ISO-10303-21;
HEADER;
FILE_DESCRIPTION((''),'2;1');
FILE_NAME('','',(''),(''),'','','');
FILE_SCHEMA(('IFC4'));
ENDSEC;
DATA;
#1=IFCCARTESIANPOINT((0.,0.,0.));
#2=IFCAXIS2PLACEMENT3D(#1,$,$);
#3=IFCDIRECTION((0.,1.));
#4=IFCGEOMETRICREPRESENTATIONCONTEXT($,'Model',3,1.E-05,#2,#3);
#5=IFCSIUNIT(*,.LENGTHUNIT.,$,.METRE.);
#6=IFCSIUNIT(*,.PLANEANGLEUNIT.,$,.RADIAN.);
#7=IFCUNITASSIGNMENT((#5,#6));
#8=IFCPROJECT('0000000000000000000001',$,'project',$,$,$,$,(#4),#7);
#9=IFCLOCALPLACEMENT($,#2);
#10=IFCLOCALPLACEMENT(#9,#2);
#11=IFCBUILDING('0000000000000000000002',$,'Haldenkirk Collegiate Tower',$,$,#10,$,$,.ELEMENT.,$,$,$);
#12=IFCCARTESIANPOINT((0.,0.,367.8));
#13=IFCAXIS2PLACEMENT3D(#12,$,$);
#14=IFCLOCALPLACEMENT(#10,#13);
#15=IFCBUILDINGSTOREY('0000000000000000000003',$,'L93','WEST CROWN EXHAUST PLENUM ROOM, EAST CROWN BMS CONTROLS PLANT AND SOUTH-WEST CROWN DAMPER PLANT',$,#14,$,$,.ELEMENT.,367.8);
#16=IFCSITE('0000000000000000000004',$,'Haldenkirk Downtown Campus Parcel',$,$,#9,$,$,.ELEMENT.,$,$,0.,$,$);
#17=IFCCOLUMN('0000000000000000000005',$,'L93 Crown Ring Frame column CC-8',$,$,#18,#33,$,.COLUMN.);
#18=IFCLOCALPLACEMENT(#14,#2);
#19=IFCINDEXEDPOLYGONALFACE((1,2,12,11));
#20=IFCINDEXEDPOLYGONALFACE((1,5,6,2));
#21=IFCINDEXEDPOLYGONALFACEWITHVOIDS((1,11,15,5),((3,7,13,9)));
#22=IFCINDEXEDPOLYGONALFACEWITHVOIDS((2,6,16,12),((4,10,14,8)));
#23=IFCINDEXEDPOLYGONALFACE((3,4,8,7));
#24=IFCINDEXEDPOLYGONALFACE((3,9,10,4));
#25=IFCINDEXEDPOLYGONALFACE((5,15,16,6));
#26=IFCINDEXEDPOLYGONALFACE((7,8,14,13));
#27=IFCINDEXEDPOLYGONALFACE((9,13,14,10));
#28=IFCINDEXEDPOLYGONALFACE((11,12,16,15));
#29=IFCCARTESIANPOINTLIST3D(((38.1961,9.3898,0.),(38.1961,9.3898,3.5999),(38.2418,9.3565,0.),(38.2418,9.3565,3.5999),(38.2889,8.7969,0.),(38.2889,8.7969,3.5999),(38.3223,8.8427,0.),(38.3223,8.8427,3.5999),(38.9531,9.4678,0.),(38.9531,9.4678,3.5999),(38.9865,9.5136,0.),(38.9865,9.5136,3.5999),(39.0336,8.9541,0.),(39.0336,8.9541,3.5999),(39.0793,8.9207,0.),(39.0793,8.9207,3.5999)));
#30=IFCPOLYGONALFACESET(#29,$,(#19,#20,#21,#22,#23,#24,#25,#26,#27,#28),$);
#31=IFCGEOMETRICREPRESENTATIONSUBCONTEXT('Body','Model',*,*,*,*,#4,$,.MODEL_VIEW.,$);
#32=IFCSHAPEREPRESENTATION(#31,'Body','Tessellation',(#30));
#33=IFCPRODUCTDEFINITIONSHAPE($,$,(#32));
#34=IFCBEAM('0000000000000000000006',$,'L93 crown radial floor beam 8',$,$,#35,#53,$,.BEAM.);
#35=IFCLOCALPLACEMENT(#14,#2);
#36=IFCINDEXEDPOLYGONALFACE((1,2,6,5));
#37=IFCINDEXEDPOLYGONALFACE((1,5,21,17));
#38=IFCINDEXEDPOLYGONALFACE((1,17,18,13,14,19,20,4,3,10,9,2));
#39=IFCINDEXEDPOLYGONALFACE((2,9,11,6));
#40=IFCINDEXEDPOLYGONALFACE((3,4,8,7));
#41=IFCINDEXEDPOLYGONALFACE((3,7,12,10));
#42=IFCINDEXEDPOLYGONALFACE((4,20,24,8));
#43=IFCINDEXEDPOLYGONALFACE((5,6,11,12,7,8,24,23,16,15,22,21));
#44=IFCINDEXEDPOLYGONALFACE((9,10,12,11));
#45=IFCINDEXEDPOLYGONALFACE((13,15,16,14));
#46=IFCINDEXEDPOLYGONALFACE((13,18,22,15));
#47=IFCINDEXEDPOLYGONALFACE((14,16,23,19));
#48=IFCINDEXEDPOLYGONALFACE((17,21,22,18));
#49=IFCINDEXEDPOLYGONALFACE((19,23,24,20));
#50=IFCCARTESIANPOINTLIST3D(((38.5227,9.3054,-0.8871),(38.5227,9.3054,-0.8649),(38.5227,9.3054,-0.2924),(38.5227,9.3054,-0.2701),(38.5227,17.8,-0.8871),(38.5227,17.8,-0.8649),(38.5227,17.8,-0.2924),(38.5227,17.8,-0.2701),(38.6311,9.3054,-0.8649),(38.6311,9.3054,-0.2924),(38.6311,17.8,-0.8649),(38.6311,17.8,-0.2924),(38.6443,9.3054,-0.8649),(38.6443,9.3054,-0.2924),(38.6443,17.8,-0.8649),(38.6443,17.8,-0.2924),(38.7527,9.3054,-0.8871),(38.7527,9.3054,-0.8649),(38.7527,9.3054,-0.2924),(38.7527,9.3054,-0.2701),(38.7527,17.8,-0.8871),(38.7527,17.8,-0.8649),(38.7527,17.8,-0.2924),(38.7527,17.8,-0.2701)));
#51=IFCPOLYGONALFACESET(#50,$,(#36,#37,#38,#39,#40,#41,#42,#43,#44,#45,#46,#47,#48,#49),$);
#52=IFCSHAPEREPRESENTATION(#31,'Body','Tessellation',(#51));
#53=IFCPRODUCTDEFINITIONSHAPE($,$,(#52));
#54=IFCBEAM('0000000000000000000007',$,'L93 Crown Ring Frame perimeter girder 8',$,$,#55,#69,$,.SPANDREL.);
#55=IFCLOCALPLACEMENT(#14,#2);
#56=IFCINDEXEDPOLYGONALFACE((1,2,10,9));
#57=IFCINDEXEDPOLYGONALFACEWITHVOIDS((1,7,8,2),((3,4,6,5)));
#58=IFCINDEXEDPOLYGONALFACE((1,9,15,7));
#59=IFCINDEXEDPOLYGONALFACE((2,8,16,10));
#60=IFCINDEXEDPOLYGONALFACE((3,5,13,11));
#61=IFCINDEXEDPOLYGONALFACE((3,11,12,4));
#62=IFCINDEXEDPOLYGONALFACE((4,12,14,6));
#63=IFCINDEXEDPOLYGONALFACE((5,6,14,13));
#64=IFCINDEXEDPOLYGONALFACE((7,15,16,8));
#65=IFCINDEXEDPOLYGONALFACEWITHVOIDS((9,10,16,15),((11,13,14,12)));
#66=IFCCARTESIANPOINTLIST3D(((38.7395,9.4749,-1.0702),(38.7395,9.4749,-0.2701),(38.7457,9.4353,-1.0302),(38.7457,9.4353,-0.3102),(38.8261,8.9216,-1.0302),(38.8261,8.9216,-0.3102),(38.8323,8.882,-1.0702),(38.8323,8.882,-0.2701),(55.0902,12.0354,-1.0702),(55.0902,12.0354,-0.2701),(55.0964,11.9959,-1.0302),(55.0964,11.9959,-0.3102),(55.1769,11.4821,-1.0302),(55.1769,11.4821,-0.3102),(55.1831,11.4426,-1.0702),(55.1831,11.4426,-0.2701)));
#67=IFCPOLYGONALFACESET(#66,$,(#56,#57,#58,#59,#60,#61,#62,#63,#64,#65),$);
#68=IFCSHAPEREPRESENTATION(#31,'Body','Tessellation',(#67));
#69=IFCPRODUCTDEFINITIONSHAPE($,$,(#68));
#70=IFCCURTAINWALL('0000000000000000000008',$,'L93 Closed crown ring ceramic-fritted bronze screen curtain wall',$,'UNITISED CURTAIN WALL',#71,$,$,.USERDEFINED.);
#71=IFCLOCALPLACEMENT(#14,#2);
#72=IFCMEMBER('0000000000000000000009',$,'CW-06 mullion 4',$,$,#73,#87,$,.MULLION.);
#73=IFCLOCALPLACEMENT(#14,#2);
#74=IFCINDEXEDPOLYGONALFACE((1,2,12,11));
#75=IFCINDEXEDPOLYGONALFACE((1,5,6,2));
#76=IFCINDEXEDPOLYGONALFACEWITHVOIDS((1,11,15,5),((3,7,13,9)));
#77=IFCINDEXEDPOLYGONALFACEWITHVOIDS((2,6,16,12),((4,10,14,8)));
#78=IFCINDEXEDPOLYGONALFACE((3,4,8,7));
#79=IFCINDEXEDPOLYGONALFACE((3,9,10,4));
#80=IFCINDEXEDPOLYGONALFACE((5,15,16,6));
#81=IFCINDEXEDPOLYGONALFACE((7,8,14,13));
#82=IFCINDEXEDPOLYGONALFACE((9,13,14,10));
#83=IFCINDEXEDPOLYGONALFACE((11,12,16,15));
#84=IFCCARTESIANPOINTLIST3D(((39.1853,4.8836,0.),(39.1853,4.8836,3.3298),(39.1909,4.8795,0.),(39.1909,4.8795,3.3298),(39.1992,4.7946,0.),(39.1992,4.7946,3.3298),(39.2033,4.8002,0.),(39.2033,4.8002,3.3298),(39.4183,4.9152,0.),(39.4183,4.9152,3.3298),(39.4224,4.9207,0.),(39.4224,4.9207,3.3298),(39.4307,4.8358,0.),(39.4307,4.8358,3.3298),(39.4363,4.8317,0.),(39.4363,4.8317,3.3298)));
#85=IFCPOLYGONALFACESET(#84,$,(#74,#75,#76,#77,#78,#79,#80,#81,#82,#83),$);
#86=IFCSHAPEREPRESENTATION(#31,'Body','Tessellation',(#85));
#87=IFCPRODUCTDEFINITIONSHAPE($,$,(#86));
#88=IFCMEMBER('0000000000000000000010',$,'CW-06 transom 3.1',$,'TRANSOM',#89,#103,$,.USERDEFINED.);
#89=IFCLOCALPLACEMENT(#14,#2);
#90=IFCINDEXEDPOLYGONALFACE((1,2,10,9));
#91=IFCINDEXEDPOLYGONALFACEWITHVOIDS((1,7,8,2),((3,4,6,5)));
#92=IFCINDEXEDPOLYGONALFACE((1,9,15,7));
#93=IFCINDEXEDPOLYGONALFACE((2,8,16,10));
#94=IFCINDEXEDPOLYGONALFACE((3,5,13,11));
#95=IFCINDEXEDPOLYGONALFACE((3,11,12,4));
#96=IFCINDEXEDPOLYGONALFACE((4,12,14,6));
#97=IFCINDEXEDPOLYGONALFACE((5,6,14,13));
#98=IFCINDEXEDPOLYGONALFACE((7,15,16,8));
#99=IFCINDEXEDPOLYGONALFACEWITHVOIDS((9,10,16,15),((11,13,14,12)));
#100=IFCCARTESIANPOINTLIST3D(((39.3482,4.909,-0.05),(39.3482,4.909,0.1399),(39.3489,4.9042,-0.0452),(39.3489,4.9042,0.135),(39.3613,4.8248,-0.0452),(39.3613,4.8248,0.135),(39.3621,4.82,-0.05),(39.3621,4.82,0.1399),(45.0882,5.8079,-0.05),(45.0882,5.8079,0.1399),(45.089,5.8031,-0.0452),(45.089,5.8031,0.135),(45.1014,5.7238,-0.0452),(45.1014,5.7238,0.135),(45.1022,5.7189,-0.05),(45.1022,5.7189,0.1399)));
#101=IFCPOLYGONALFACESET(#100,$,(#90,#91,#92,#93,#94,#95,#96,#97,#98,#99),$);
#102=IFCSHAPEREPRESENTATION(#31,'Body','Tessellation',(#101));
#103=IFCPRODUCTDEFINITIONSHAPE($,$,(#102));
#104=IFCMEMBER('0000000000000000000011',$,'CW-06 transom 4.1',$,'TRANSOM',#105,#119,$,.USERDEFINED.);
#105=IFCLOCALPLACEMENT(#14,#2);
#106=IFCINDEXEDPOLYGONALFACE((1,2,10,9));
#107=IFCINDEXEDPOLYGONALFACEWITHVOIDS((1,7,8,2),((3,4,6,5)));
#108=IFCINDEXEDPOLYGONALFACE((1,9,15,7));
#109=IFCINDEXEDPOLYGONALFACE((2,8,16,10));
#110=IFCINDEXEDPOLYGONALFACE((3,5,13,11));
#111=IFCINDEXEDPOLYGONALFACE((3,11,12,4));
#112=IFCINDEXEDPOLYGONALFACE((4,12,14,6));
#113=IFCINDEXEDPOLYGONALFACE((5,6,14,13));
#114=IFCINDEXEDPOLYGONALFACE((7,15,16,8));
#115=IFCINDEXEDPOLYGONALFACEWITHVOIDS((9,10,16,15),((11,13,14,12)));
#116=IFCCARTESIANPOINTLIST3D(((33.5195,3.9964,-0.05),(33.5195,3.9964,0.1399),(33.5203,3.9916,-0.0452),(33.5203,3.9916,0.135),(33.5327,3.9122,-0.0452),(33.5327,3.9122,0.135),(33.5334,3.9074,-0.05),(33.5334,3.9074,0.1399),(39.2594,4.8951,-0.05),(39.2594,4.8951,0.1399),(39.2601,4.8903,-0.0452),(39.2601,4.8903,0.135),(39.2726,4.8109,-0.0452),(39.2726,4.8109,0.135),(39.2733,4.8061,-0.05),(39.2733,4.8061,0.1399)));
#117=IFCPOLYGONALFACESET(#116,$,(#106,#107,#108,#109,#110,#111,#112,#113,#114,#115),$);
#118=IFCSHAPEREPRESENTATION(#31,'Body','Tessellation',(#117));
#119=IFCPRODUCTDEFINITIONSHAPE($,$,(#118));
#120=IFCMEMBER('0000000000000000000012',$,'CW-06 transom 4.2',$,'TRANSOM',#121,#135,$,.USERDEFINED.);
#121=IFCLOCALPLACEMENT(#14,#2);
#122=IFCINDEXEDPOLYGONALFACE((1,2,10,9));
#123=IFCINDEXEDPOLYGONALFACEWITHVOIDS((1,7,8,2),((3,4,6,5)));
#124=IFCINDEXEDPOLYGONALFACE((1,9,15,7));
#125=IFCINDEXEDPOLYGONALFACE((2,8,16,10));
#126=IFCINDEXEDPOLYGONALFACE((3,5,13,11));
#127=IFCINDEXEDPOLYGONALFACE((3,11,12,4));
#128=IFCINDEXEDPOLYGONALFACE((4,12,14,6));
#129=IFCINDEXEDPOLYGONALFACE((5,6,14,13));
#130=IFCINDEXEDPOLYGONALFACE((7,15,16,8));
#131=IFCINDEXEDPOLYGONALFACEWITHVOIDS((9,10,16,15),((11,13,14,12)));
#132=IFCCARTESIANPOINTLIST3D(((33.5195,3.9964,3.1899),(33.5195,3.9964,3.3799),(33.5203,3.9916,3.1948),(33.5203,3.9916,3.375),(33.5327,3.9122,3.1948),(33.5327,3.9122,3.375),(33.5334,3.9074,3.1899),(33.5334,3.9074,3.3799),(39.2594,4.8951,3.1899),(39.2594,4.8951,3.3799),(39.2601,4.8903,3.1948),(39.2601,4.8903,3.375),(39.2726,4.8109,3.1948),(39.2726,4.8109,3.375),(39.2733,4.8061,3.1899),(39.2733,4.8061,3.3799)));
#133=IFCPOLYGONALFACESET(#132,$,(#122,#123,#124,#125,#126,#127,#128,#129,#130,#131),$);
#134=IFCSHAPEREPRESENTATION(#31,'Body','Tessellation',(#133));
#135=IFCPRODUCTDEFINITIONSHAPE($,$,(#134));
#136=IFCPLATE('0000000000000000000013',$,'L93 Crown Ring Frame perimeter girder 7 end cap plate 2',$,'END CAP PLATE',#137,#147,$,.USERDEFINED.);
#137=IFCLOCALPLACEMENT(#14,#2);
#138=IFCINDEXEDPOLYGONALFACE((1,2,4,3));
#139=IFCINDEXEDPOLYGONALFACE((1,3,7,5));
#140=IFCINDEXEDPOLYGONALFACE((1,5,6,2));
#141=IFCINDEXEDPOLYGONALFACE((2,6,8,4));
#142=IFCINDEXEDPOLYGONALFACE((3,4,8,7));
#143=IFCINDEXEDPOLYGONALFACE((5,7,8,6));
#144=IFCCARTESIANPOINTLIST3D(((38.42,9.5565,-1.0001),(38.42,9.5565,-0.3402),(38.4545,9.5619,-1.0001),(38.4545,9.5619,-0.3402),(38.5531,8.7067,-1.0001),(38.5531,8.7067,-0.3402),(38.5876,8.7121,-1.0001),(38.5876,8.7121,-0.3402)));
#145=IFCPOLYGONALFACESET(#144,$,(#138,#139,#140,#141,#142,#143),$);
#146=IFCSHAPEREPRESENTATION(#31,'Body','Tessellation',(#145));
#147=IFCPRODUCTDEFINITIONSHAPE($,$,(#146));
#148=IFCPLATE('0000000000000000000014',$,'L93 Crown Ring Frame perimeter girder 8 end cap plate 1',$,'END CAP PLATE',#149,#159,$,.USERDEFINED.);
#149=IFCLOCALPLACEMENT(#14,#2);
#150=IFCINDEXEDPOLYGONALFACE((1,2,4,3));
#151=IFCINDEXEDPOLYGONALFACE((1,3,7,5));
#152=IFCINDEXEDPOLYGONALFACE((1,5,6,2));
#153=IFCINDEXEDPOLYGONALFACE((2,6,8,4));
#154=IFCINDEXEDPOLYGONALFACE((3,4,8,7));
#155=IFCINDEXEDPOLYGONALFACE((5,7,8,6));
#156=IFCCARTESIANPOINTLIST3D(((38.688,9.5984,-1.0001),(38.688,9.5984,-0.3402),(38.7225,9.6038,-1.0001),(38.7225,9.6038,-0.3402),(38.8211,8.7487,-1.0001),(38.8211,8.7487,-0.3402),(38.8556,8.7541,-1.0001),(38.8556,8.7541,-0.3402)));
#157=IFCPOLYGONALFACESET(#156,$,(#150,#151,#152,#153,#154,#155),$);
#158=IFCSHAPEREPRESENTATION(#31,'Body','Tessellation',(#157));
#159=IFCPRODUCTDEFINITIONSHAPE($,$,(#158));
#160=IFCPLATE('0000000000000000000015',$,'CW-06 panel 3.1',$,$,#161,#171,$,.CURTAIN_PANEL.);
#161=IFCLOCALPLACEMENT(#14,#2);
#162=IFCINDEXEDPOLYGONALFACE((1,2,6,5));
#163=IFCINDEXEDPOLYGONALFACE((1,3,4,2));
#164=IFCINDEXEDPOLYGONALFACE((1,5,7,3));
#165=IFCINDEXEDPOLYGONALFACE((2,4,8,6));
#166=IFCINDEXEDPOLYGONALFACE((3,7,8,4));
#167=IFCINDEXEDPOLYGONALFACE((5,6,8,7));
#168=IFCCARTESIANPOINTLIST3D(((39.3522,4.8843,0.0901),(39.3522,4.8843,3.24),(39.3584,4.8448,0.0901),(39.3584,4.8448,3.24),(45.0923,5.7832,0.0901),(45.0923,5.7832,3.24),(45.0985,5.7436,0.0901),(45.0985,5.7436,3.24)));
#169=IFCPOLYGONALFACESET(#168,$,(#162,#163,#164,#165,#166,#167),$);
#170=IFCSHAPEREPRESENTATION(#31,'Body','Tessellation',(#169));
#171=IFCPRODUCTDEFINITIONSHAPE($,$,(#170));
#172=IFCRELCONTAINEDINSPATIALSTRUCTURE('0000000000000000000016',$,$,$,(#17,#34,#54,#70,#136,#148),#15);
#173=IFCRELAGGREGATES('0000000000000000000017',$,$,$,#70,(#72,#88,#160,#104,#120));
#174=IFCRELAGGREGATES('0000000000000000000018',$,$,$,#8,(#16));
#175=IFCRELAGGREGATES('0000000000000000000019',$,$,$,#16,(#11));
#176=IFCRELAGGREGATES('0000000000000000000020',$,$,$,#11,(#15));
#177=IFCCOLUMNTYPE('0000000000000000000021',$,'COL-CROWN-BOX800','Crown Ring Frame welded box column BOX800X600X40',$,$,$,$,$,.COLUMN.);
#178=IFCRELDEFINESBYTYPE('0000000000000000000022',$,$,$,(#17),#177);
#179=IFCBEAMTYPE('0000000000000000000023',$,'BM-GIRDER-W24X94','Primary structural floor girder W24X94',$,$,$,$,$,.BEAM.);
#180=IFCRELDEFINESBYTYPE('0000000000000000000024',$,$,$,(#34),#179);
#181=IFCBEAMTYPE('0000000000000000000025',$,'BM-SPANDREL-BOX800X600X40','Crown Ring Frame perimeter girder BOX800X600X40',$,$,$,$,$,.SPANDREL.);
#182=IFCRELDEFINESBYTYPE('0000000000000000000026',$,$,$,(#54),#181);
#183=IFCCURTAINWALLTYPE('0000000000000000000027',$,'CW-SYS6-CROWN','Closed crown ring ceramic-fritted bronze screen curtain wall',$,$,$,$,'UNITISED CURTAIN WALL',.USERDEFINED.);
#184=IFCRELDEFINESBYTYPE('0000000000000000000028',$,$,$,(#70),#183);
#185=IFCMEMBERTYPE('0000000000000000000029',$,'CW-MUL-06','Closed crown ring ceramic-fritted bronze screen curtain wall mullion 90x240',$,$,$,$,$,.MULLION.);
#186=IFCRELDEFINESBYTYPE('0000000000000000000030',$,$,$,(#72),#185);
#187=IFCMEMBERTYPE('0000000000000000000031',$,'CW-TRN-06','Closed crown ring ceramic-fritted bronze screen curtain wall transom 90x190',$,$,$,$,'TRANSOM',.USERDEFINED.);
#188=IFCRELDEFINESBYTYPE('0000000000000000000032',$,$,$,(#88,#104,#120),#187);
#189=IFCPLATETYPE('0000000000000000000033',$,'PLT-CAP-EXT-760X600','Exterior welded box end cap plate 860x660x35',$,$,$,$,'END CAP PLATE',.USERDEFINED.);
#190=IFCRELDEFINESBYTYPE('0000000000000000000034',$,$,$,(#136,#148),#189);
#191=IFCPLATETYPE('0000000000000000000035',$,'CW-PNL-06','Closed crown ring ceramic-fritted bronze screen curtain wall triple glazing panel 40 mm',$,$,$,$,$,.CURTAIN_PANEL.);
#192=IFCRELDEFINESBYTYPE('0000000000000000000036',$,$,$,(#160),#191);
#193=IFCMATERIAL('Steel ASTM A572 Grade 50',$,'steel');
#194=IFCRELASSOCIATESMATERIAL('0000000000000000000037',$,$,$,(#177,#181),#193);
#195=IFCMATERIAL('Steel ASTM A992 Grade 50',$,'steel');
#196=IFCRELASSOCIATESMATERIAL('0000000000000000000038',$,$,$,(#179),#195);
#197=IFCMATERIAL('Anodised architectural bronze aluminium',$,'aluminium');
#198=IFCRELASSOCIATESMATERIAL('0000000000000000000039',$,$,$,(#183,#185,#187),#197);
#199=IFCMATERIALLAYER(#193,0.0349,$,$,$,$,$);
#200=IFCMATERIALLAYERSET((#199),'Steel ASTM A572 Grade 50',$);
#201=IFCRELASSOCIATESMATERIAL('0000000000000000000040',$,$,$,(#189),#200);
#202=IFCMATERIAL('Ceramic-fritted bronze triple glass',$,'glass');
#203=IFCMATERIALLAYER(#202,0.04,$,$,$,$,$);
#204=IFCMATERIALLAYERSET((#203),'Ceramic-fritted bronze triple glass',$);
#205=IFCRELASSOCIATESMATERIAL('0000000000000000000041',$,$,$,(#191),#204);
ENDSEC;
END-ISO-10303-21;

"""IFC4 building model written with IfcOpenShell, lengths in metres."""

from ifc_helpers import new_model, si_unit, direction, frame, origin, origin_2d, place, context, subcontext, project, spatial, rectangle, hollow_rectangle, i_section, extrude, source, transform, mapped, material, layer, layer_set, material_profile, profile_set, type_object, element, aggregate, save


model = new_model("IFC4")

# Units and contexts
model_context = context("Model", 3, precision=1e-05, world=origin(), true_north=direction((0.0, 1.0)))
body_context = subcontext(model_context, "Body", "Model", "MODEL_VIEW")
ifc_project = project(units=[si_unit("LENGTHUNIT", "METRE"), si_unit("PLANEANGLEUNIT", "RADIAN")], contexts=[model_context])

# Site, building, storey
site_placement = place(None, origin())
site = spatial("IfcSite", under=ifc_project, at=site_placement, Name="Haldenkirk Downtown Campus Parcel", CompositionType="ELEMENT", RefElevation=0.0)
building_placement = place(site_placement, origin())
building = spatial("IfcBuilding", under=site, at=building_placement, Name="Haldenkirk Collegiate Tower", CompositionType="ELEMENT")
storey_placement = place(building_placement, frame((0.0, 0.0, 367.8)))
storey = spatial("IfcBuildingStorey", under=building, at=storey_placement, Name="L93", Description="WEST CROWN EXHAUST PLENUM ROOM, EAST CROWN BMS CONTROLS PLANT AND SOUTH-WEST CROWN DAMPER PLANT", CompositionType="ELEMENT", Elevation=367.8)

# Column
ifc_material_1 = material(Name="Steel ASTM A572 Grade 50", Category="steel")
ifc_material_profile_1 = material_profile(ifc_material_1, hollow_rectangle(XDim=0.6001, YDim=0.8, WallThickness=0.04, at=origin_2d()), Name="BOX800X600X40")
ifc_profile_set_1 = profile_set([ifc_material_profile_1], Name="Steel ASTM A572 Grade 50")
column_type = type_object("IfcColumnType", Name="COL-CROWN-BOX800", Description="Crown Ring Frame welded box column BOX800X600X40", PredefinedType="COLUMN", material=ifc_profile_set_1)
column_placement = place(storey_placement, frame((38.6377, 9.1553, 0.0), z_axis=(0.0, 0.0, 1.0), x_axis=(-0.15471, 0.98796, 0.0)))
element("IfcColumn", 1, at=column_placement, inside=storey, type_object=column_type, Name="L93 Crown Ring Frame column CC-8", PredefinedType="COLUMN", context=body_context, shape_type="SweptSolid", body=[
    extrude(hollow_rectangle(XDim=0.6001, YDim=0.8, WallThickness=0.04, at=origin_2d()), origin(), (0.0, 0.0, 1.0), 3.5999),
])

# Beams
ifc_material_2 = material(Name="Steel ASTM A992 Grade 50", Category="steel")
ifc_material_profile_2 = material_profile(ifc_material_2, i_section(OverallWidth=0.23, OverallDepth=0.6169, WebThickness=0.0132, FlangeThickness=0.0222, at=origin_2d()), Name="W24X94")
ifc_profile_set_2 = profile_set([ifc_material_profile_2], Name="Steel ASTM A992 Grade 50")
beam_type_1 = type_object("IfcBeamType", Name="BM-GIRDER-W24X94", Description="Primary structural floor girder W24X94", PredefinedType="BEAM", material=ifc_profile_set_2)
beam_1_placement = place(storey_placement, frame((38.6377, 9.3054, -0.5786), z_axis=(0.0, 1.0, 0.0), x_axis=(-1.0, 0.0, 0.0)))
element("IfcBeam", 2, at=beam_1_placement, inside=storey, type_object=beam_type_1, Name="L93 crown radial floor beam 8", PredefinedType="BEAM", context=body_context, shape_type="SweptSolid", body=[
    extrude(i_section(OverallWidth=0.23, OverallDepth=0.6169, WebThickness=0.0132, FlangeThickness=0.0222, at=origin_2d()), origin(), (0.0, 0.0, 1.0), 8.4946),
])
ifc_material_profile_3 = material_profile(ifc_material_1, hollow_rectangle(XDim=0.6001, YDim=0.8, WallThickness=0.04, at=origin_2d()), Name="BOX800X600X40")
ifc_profile_set_3 = profile_set([ifc_material_profile_3], Name="Steel ASTM A572 Grade 50")
beam_type_2 = type_object("IfcBeamType", Name="BM-SPANDREL-BOX800X600X40", Description="Crown Ring Frame perimeter girder BOX800X600X40", PredefinedType="SPANDREL", material=ifc_profile_set_3)
beam_2_placement = place(storey_placement, frame((38.7859, 9.1785, -0.6702), z_axis=(0.987959, 0.154715, 0.0), x_axis=(-0.154715, 0.987959, 0.0)))
element("IfcBeam", 3, at=beam_2_placement, inside=storey, type_object=beam_type_2, Name="L93 Crown Ring Frame perimeter girder 8", PredefinedType="SPANDREL", context=body_context, shape_type="SweptSolid", body=[
    extrude(hollow_rectangle(XDim=0.6001, YDim=0.8, WallThickness=0.04, at=origin_2d()), origin(), (0.0, 0.0, 1.0), 16.55),
])

# Curtain wall, members
ifc_material_3 = material(Name="Anodised architectural bronze aluminium", Category="aluminium")
curtain_wall_type = type_object("IfcCurtainWallType", Name="CW-SYS6-CROWN", Description="Closed crown ring ceramic-fritted bronze screen curtain wall", ElementType="UNITISED CURTAIN WALL", PredefinedType="USERDEFINED", material=ifc_material_3)
curtain_wall_placement = place(storey_placement, origin())
curtain_wall = element("IfcCurtainWall", 4, at=curtain_wall_placement, inside=storey, type_object=curtain_wall_type, Name="L93 Closed crown ring ceramic-fritted bronze screen curtain wall", ObjectType="UNITISED CURTAIN WALL", PredefinedType="USERDEFINED")
ifc_material_profile_4 = material_profile(ifc_material_3, hollow_rectangle(XDim=0.0901, YDim=0.24, WallThickness=0.0049, at=origin_2d()), Name="CW-MUL-06")
ifc_profile_set_4 = profile_set([ifc_material_profile_4], Name="Anodised architectural bronze aluminium")
member_type_1 = type_object("IfcMemberType", Name="CW-MUL-06", Description="Closed crown ring ceramic-fritted bronze screen curtain wall mullion 90x240", PredefinedType="MULLION", material=ifc_profile_set_4)
member_1_placement = place(storey_placement, frame((39.3108, 4.8577, 0.0), z_axis=(0.0, 0.0, 1.0), x_axis=(0.154709, -0.98796, 0.0)))
member_1 = element("IfcMember", 5, at=member_1_placement, type_object=member_type_1, Name="CW-06 mullion 4", PredefinedType="MULLION", context=body_context, shape_type="SweptSolid", body=[
    extrude(hollow_rectangle(XDim=0.0901, YDim=0.24, WallThickness=0.0049, at=origin_2d()), origin(), (0.0, 0.0, 1.0), 3.3298),
])
ifc_material_profile_5 = material_profile(ifc_material_3, hollow_rectangle(XDim=0.0901, YDim=0.1899, WallThickness=0.0049, at=origin_2d()), Name="CW-TRN-06")
ifc_profile_set_5 = profile_set([ifc_material_profile_5], Name="Anodised architectural bronze aluminium")
member_type_2 = type_object("IfcMemberType", Name="CW-TRN-06", Description="Closed crown ring ceramic-fritted bronze screen curtain wall transom 90x190", ElementType="TRANSOM", PredefinedType="USERDEFINED", material=ifc_profile_set_5)
member_2_placement = place(storey_placement, frame((45.0952, 5.7634, 0.0449), z_axis=(-0.987958, -0.154722, 0.0), x_axis=(0.154722, -0.987958, 0.0)))
member_2 = element("IfcMember", 6, at=member_2_placement, type_object=member_type_2, Name="CW-06 transom 3.1", ObjectType="TRANSOM", PredefinedType="USERDEFINED", context=body_context, shape_type="SweptSolid", body=[
    extrude(hollow_rectangle(XDim=0.0901, YDim=0.1899, WallThickness=0.0049, at=origin_2d()), origin(), (0.0, 0.0, 1.0), 5.8101),
])
member_3_placement = place(storey_placement, frame((39.2664, 4.8506, 0.0449), z_axis=(-0.987965, -0.154681, 0.0), x_axis=(0.154681, -0.987965, 0.0)))
member_3 = element("IfcMember", 7, at=member_3_placement, type_object=member_type_2, Name="CW-06 transom 4.1", ObjectType="TRANSOM", PredefinedType="USERDEFINED", context=body_context, shape_type="SweptSolid", body=[
    extrude(hollow_rectangle(XDim=0.0901, YDim=0.1899, WallThickness=0.0049, at=origin_2d()), origin(), (0.0, 0.0, 1.0), 5.8098),
])
member_4_placement = place(storey_placement, frame((39.2664, 4.8506, 3.2849), z_axis=(-0.987965, -0.154681, 0.0), x_axis=(0.154681, -0.987965, 0.0)))
member_4 = element("IfcMember", 8, at=member_4_placement, type_object=member_type_2, Name="CW-06 transom 4.2", ObjectType="TRANSOM", PredefinedType="USERDEFINED", context=body_context, shape_type="SweptSolid", body=[
    extrude(hollow_rectangle(XDim=0.0901, YDim=0.1899, WallThickness=0.0049, at=origin_2d()), origin(), (0.0, 0.0, 1.0), 5.8098),
])

# Plates
ifc_layer_1 = layer(ifc_material_1, 0.0349)
ifc_layer_set_1 = layer_set([ifc_layer_1], Name="Steel ASTM A572 Grade 50")
plate_type_1 = type_object("IfcPlateType", Name="PLT-CAP-EXT-760X600", Description="Exterior welded box end cap plate 860x660x35", ElementType="END CAP PLATE", PredefinedType="USERDEFINED", material=ifc_layer_set_1)
shared_shape_1 = source(origin(), body_context, "Body", "SweptSolid", [
    extrude(rectangle(XDim=0.8601, YDim=0.6599, at=origin_2d()), origin(), (0.0, 0.0, 1.0), 0.0349),
])
for number, where, z_axis, x_axis, name in (
    (9, (38.4866, 9.1316, -0.6702), (0.987959, 0.154713, 0.0), (-0.154713, 0.987959, 0.0), "L93 Crown Ring Frame perimeter girder 7 end cap plate 2"),
    (10, (38.7891, 9.179, -0.6702), (-0.987959, -0.154713, 0.0), (0.154713, -0.987959, 0.0), "L93 Crown Ring Frame perimeter girder 8 end cap plate 1"),
):
    element("IfcPlate", number, at=place(storey_placement, frame(where, z_axis=z_axis, x_axis=x_axis)), inside=storey, type_object=plate_type_1, Name=name, ObjectType="END CAP PLATE", PredefinedType="USERDEFINED", context=body_context, shape_type="MappedRepresentation", body=[
        mapped(shared_shape_1, transform((0.0, 0.0, 0.0), x_axis=(1.0, 0.0, 0.0), y_axis=(0.0, 1.0, 0.0), z_axis=(0.0, 0.0, 1.0), scale=1.0)),
    ])

# Plate
ifc_material_4 = material(Name="Ceramic-fritted bronze triple glass", Category="glass")
ifc_layer_2 = layer(ifc_material_4, 0.04)
ifc_layer_set_2 = layer_set([ifc_layer_2], Name="Ceramic-fritted bronze triple glass")
plate_type_2 = type_object("IfcPlateType", Name="CW-PNL-06", Description="Closed crown ring ceramic-fritted bronze screen curtain wall triple glazing panel 40 mm", PredefinedType="CURTAIN_PANEL", material=ifc_layer_set_2)
shared_shape_2 = source(origin(), body_context, "Body", "SweptSolid", [
    extrude(rectangle(XDim=5.8101, YDim=0.04, at=origin_2d()), origin(), (0.0, 0.0, 1.0), 3.1499),
])
plate_1_placement = place(storey_placement, frame((42.2253, 5.314, 0.0901), z_axis=(0.0, 0.0, 1.0), x_axis=(-0.98796, -0.154709, 0.0)))
plate_1 = element("IfcPlate", 11, at=plate_1_placement, type_object=plate_type_2, Name="CW-06 panel 3.1", PredefinedType="CURTAIN_PANEL", context=body_context, shape_type="MappedRepresentation", body=[
    mapped(shared_shape_2, transform((0.0, 0.0, 0.0), x_axis=(1.0, 0.0, 0.0), y_axis=(0.0, 1.0, 0.0), z_axis=(0.0, 0.0, 1.0), scale=1.0)),
])
aggregate(curtain_wall, [member_1, member_2, plate_1, member_3, member_4])

save(model, "model.ifc")
